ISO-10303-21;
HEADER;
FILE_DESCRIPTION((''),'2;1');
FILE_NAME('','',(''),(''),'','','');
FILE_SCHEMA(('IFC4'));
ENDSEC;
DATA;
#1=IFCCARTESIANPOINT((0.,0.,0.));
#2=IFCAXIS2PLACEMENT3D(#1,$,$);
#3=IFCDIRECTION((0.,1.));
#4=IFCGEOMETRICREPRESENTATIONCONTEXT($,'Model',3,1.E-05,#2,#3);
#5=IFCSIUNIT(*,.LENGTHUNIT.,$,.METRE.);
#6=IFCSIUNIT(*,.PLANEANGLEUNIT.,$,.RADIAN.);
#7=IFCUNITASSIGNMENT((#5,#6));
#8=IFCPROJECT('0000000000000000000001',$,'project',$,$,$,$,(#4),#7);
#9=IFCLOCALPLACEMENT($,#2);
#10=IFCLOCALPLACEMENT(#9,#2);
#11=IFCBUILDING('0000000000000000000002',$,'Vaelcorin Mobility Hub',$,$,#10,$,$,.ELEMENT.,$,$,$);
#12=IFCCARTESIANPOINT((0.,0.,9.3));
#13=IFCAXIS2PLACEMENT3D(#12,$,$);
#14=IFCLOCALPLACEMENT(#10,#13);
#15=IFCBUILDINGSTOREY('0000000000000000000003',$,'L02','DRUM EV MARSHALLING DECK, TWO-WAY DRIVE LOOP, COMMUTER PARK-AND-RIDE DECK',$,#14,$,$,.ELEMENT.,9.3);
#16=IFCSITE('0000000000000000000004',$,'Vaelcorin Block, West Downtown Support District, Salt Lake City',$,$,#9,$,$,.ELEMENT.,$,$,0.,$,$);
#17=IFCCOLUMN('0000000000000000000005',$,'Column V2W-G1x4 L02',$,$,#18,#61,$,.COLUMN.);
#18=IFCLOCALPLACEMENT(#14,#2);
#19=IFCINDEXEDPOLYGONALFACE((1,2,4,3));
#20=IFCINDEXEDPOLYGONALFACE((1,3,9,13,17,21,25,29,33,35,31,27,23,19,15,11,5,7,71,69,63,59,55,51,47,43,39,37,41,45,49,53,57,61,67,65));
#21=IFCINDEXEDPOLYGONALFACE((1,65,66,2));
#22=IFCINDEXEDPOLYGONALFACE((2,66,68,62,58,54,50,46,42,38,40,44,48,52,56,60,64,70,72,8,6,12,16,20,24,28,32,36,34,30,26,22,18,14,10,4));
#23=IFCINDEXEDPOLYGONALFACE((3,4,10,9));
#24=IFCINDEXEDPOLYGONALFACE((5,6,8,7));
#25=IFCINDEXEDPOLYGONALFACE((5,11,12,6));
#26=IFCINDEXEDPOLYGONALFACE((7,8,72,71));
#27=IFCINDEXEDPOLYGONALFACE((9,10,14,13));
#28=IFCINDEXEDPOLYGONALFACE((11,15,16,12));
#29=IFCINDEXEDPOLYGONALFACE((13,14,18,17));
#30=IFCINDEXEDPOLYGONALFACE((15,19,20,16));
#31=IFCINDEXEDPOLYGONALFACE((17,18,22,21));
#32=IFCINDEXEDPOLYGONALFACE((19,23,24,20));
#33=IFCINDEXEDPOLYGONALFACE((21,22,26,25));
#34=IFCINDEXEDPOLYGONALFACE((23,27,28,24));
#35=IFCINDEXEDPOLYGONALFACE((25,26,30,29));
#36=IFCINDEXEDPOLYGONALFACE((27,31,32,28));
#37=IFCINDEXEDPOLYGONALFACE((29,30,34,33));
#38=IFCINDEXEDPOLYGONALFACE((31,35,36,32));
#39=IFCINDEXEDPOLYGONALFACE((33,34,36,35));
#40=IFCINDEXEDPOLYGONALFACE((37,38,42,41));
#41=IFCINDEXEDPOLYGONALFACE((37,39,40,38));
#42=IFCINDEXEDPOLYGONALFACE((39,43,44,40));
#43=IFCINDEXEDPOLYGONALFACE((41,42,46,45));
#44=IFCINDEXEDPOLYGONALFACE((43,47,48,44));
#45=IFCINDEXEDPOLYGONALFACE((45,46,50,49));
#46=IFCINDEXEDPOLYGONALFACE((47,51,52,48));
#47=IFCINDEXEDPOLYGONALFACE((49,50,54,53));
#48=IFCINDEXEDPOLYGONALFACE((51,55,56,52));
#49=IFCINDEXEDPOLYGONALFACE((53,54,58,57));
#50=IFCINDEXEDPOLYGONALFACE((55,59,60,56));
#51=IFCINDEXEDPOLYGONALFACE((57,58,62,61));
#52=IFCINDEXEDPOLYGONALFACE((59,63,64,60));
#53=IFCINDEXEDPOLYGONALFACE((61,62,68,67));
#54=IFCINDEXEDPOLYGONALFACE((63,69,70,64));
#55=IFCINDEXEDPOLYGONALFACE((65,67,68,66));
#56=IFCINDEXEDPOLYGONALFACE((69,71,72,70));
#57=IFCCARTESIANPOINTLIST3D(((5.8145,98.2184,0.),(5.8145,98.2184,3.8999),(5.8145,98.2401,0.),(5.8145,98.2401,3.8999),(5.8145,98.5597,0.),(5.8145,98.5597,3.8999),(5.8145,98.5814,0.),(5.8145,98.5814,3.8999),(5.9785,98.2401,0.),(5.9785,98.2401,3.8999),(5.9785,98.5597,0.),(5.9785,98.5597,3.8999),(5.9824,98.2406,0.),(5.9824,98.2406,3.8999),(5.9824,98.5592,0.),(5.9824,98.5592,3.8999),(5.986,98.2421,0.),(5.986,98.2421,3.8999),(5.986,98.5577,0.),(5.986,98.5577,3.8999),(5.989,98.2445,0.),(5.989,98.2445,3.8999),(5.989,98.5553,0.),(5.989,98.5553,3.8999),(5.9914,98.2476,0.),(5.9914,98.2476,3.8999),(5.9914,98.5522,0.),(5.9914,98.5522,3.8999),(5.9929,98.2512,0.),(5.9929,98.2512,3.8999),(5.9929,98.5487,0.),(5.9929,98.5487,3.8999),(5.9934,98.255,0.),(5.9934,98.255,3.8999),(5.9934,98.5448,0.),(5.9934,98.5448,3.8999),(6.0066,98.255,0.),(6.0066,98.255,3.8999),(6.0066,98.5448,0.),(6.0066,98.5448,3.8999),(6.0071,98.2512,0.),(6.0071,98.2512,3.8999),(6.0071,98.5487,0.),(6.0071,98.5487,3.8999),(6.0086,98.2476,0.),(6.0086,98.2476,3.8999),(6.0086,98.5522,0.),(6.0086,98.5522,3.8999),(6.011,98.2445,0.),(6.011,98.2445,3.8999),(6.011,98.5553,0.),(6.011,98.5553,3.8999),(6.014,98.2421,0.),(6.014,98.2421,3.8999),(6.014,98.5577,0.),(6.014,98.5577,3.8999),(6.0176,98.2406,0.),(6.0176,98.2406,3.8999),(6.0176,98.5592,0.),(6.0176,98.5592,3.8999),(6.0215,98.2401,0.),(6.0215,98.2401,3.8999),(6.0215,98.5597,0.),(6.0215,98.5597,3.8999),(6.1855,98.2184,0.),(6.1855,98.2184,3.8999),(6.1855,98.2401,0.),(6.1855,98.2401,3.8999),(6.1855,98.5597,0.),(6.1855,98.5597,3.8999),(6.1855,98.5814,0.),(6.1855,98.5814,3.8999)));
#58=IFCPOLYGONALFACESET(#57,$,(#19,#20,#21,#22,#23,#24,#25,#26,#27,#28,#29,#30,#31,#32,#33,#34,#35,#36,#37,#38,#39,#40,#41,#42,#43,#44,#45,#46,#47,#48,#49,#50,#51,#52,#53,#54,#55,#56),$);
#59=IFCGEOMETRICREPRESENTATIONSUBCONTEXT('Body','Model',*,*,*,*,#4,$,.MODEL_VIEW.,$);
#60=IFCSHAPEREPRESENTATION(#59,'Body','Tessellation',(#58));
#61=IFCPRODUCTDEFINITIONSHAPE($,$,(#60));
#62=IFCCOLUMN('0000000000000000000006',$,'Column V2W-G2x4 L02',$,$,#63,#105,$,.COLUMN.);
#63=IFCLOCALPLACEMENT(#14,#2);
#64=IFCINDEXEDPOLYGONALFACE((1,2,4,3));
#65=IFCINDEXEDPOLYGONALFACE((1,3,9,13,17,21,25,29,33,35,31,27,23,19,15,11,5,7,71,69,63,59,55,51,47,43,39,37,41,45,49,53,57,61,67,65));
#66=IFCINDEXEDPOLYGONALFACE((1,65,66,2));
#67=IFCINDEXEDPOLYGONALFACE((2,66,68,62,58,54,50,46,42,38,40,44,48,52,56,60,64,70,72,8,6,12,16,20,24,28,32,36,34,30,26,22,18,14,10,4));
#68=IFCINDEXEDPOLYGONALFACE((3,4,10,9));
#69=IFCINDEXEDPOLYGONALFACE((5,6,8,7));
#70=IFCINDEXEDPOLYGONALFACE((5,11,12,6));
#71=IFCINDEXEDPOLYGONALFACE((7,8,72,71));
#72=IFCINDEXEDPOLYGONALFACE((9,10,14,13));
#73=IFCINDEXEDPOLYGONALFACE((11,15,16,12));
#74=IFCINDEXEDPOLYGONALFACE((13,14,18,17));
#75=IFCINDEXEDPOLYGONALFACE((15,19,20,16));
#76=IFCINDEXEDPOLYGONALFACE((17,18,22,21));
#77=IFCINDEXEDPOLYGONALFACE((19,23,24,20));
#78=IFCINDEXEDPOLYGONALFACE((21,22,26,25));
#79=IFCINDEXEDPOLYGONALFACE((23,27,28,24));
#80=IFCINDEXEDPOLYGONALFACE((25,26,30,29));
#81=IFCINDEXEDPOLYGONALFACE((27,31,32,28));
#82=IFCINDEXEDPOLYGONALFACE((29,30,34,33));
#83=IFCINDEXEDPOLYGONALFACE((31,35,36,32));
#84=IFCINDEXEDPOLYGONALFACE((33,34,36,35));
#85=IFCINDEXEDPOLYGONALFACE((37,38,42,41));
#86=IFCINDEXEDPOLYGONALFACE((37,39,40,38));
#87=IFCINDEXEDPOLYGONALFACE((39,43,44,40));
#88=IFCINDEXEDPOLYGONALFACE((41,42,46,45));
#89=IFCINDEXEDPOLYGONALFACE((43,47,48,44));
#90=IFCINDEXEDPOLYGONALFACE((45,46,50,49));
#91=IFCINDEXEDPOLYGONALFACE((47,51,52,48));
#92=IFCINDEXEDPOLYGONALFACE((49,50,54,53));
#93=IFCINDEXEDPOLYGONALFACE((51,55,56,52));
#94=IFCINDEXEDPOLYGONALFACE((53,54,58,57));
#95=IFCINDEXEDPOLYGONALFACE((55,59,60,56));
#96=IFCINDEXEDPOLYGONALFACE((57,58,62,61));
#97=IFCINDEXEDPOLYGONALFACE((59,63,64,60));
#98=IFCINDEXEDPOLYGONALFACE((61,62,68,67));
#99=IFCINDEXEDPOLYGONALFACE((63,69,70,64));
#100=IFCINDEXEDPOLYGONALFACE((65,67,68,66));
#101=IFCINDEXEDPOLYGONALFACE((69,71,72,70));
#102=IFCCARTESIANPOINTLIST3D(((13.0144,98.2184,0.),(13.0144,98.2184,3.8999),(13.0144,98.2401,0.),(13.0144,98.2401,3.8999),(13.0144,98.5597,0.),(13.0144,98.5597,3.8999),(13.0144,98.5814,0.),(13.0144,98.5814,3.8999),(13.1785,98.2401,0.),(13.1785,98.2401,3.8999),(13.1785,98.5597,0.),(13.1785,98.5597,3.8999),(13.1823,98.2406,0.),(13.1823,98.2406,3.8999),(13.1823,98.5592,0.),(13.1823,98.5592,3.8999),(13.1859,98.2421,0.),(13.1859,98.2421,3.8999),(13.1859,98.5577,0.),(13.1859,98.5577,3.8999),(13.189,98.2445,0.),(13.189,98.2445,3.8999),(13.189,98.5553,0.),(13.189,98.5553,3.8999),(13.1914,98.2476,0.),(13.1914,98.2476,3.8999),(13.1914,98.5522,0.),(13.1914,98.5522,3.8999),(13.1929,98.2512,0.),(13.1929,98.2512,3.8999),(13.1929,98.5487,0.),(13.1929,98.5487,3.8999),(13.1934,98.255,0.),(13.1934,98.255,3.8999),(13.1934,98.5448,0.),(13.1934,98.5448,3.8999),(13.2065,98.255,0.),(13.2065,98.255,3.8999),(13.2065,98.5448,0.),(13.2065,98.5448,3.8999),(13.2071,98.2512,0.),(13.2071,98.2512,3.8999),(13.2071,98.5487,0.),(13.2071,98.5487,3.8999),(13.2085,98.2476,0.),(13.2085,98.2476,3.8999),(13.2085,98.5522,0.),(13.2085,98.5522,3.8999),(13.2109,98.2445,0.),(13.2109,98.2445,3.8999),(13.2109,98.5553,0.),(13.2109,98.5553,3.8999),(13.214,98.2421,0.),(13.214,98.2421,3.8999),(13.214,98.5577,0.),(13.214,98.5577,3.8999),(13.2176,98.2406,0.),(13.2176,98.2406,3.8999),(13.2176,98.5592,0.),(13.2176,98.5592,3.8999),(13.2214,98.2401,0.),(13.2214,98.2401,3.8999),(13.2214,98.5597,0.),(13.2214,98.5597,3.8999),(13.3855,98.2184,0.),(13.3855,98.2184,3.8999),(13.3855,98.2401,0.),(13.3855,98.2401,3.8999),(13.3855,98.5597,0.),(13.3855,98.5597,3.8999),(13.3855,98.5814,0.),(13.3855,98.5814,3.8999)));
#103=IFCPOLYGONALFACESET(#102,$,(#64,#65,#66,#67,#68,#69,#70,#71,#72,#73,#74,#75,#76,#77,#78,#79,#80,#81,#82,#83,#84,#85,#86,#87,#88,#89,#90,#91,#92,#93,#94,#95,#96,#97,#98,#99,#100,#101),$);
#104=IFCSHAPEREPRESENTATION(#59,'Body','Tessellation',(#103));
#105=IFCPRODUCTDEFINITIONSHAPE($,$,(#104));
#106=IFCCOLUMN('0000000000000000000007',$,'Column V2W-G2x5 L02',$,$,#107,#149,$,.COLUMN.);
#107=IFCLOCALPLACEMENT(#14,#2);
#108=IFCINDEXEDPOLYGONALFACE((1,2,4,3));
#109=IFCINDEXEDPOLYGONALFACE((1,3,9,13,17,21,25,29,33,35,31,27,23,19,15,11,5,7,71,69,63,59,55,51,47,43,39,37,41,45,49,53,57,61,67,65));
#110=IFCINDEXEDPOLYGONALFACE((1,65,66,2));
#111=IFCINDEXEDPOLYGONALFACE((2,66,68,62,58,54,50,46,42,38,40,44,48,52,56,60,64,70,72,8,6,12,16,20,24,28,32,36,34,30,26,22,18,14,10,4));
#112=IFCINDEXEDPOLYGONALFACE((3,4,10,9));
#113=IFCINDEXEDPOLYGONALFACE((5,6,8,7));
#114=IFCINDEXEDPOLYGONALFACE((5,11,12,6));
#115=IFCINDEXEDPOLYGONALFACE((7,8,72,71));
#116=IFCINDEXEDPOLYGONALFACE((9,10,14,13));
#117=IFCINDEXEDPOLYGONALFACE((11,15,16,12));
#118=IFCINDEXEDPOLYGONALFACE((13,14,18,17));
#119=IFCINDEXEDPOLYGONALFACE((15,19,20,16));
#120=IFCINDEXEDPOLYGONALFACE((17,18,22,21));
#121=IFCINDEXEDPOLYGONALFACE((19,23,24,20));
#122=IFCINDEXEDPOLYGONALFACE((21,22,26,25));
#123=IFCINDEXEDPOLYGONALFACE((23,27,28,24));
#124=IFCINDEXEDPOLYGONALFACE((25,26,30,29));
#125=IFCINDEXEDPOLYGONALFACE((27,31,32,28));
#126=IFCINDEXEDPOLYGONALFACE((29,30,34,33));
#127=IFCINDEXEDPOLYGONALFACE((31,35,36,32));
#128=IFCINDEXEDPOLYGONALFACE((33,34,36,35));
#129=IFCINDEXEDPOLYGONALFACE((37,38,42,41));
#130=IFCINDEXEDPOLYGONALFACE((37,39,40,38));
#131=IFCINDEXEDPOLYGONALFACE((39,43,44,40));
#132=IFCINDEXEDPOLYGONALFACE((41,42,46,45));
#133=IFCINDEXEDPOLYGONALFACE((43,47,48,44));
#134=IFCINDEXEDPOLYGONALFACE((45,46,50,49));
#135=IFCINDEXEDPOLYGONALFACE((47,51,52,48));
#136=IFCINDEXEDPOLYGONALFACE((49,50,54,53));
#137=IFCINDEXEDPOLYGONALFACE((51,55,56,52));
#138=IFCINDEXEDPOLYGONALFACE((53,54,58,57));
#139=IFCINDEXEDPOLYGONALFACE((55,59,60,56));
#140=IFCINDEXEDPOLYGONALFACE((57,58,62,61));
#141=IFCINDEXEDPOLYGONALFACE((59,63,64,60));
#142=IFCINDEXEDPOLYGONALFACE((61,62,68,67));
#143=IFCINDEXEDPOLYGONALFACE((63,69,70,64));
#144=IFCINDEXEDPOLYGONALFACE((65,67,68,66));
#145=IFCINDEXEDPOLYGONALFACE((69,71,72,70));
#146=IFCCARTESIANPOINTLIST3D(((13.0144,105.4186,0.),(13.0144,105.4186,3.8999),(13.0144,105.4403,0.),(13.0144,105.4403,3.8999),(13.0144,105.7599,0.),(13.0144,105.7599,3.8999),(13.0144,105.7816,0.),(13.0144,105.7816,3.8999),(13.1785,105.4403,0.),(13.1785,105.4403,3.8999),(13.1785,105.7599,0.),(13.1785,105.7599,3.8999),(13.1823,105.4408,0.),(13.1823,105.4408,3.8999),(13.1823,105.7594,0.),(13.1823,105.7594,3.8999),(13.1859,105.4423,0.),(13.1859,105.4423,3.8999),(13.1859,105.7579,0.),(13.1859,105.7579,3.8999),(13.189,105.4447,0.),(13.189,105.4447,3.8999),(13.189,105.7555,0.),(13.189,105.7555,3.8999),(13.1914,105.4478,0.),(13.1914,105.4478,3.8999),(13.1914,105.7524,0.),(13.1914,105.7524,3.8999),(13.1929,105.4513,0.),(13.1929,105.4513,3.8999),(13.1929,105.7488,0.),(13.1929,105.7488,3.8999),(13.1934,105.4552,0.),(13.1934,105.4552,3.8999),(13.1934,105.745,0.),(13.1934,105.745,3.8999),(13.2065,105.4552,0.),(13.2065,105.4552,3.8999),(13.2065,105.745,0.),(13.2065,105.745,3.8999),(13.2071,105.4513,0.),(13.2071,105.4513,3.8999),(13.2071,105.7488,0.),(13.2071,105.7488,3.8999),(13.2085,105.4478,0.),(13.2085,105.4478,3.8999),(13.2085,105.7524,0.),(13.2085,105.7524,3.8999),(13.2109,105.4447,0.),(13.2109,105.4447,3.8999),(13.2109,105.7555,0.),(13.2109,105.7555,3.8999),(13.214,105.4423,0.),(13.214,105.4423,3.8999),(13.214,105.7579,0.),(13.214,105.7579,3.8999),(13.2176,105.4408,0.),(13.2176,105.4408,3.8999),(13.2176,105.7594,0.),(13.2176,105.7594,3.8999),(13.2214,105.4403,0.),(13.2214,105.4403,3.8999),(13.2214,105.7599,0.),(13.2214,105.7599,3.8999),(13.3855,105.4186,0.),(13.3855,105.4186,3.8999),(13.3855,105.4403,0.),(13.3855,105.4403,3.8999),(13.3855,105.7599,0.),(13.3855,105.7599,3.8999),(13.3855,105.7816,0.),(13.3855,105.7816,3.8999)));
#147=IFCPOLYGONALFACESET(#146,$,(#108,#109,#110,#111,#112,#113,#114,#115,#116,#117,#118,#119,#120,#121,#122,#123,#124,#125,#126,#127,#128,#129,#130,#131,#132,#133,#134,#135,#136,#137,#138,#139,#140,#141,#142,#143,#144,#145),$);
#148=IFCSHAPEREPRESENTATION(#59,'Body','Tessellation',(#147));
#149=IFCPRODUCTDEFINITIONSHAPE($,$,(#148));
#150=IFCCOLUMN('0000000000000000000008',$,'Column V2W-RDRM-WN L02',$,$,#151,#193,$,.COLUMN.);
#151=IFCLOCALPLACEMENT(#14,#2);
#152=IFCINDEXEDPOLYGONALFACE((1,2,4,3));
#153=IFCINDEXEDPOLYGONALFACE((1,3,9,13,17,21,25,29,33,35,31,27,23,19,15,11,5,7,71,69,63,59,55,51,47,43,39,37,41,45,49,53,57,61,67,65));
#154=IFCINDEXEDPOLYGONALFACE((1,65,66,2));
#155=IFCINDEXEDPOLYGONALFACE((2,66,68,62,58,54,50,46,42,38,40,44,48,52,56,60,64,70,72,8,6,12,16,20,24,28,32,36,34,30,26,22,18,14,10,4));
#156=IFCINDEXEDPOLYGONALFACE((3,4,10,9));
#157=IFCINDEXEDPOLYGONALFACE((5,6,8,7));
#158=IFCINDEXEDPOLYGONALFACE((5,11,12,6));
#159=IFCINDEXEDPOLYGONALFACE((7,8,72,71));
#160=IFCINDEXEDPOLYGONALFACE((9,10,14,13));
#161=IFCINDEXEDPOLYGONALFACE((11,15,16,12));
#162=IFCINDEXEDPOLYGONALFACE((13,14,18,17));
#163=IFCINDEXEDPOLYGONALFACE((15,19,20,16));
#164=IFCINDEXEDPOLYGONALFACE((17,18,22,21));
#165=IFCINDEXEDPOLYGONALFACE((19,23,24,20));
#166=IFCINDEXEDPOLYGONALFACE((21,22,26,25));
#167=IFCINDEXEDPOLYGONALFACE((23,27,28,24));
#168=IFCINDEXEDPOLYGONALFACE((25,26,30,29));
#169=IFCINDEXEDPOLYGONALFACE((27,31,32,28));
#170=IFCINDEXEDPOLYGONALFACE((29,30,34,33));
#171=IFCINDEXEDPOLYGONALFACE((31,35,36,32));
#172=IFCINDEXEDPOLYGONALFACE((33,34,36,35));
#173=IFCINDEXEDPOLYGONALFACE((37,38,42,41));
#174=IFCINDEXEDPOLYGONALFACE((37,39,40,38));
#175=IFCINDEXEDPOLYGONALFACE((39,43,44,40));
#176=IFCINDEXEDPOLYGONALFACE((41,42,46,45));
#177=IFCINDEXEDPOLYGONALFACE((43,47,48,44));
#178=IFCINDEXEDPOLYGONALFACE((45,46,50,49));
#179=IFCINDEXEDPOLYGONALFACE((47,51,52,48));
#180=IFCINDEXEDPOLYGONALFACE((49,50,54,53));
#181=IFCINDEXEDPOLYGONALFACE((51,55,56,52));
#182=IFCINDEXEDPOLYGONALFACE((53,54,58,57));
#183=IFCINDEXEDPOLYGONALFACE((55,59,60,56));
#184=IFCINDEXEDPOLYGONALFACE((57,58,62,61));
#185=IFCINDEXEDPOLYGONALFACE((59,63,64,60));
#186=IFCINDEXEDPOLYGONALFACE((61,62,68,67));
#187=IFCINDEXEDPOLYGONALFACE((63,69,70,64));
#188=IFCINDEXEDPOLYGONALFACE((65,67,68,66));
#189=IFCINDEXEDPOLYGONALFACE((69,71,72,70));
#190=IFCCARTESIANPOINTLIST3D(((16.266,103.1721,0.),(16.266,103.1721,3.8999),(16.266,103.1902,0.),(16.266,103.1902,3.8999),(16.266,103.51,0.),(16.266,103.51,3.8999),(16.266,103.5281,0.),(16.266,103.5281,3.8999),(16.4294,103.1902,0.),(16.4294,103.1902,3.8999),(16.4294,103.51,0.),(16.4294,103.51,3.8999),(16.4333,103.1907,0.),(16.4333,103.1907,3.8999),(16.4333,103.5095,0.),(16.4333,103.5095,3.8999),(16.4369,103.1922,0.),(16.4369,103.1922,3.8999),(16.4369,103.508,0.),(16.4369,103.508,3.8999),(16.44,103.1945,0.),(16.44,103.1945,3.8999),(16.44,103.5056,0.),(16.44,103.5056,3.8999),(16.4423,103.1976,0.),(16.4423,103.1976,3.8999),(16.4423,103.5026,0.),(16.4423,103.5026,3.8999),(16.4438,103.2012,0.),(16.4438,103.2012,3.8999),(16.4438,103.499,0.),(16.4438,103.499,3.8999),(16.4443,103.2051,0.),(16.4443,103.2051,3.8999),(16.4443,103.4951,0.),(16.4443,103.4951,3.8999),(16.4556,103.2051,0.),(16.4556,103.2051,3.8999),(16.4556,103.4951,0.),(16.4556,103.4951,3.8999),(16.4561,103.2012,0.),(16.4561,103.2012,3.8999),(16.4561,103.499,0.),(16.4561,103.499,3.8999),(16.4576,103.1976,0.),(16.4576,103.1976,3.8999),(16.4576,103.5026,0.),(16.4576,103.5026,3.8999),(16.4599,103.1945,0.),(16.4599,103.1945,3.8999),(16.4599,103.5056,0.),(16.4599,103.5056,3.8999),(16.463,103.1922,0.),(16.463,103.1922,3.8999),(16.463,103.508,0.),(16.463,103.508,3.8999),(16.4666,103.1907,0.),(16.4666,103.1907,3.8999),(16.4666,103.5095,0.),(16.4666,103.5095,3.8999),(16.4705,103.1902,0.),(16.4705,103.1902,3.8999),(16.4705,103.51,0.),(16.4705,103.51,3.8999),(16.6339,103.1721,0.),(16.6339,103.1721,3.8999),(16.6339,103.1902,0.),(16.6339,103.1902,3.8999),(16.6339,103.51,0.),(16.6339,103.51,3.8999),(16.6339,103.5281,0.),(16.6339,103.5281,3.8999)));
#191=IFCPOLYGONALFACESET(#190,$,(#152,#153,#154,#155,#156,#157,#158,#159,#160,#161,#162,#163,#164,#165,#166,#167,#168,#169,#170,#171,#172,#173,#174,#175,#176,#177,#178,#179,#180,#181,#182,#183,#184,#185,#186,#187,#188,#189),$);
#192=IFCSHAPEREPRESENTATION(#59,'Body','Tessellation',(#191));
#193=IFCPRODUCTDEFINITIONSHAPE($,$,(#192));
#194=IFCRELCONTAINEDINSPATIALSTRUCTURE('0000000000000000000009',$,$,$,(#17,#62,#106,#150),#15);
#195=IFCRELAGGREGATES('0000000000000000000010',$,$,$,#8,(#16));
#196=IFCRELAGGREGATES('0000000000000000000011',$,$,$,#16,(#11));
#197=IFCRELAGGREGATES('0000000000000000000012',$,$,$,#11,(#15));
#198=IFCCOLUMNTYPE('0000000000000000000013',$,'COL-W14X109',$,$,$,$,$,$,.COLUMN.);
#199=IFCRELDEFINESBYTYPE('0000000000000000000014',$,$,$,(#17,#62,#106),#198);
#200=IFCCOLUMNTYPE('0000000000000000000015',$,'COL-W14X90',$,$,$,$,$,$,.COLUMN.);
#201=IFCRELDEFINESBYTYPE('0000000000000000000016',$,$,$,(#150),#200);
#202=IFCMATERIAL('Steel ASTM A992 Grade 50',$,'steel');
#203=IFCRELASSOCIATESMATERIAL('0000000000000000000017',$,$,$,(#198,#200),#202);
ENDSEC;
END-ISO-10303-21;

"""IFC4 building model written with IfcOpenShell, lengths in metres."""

from ifc_helpers import new_model, si_unit, direction, frame, origin, origin_2d, place, context, subcontext, project, spatial, i_section, extrude, material, material_profile, profile_set, type_object, element, save


model = new_model("IFC4")

# Units and contexts
model_context = context("Model", 3, precision=1e-05, world=origin(), true_north=direction((0.0, 1.0)))
body_context = subcontext(model_context, "Body", "Model", "MODEL_VIEW")
ifc_project = project(units=[si_unit("LENGTHUNIT", "METRE"), si_unit("PLANEANGLEUNIT", "RADIAN")], contexts=[model_context])

# Site, building, storey
site_placement = place(None, origin())
site = spatial("IfcSite", under=ifc_project, at=site_placement, Name="Vaelcorin Block, West Downtown Support District, Salt Lake City", CompositionType="ELEMENT", RefElevation=0.0)
building_placement = place(site_placement, origin())
building = spatial("IfcBuilding", under=site, at=building_placement, Name="Vaelcorin Mobility Hub", CompositionType="ELEMENT")
storey_placement = place(building_placement, frame((0.0, 0.0, 9.3)))
storey = spatial("IfcBuildingStorey", under=building, at=storey_placement, Name="L02", Description="DRUM EV MARSHALLING DECK, TWO-WAY DRIVE LOOP, COMMUTER PARK-AND-RIDE DECK", CompositionType="ELEMENT", Elevation=9.3)

# Columns
ifc_material_1 = material(Name="Steel ASTM A992 Grade 50", Category="steel")
ifc_material_profile_1 = material_profile(ifc_material_1, i_section(OverallWidth=0.3711, OverallDepth=0.363, WebThickness=0.0132, FlangeThickness=0.0217, FilletRadius=0.0149, at=origin_2d()), Name="W14X109")
ifc_profile_set_1 = profile_set([ifc_material_profile_1], Name="Steel ASTM A992 Grade 50")
column_type_1 = type_object("IfcColumnType", Name="COL-W14X109", PredefinedType="COLUMN", material=ifc_profile_set_1)
for number, where, z_axis, x_axis, name in (
    (1, (6.0, 98.3999, 0.0), (0.0, 0.0, 1.0), (1.0, 0.0, 0.0), "Column V2W-G1x4 L02"),
    (2, (13.2, 98.3999, 0.0), (0.0, 0.0, 1.0), (1.0, 0.0, 0.0), "Column V2W-G2x4 L02"),
    (3, (13.2, 105.6001, 0.0), (0.0, 0.0, 1.0), (1.0, 0.0, 0.0), "Column V2W-G2x5 L02"),
):
    element("IfcColumn", number, at=place(storey_placement, frame(where, z_axis=z_axis, x_axis=x_axis)), inside=storey, type_object=column_type_1, Name=name, PredefinedType="COLUMN", context=body_context, shape_type="SweptSolid", body=[
        extrude(i_section(OverallWidth=0.3711, OverallDepth=0.363, WebThickness=0.0132, FlangeThickness=0.0217, FilletRadius=0.0149, at=origin_2d()), origin(), (0.0, 0.0, 1.0), 3.8999),
    ])
ifc_material_profile_2 = material_profile(ifc_material_1, i_section(OverallWidth=0.3679, OverallDepth=0.356, WebThickness=0.0112, FlangeThickness=0.0181, FilletRadius=0.0149, at=origin_2d()), Name="W14X90")
ifc_profile_set_2 = profile_set([ifc_material_profile_2], Name="Steel ASTM A992 Grade 50")
column_type_2 = type_object("IfcColumnType", Name="COL-W14X90", PredefinedType="COLUMN", material=ifc_profile_set_2)
for number, where, z_axis, x_axis, name in (
    (4, (16.45, 103.3501, 0.0), (0.0, 0.0, 1.0), (1.0, 0.0, 0.0), "Column V2W-RDRM-WN L02"),
):
    element("IfcColumn", number, at=place(storey_placement, frame(where, z_axis=z_axis, x_axis=x_axis)), inside=storey, type_object=column_type_2, Name=name, PredefinedType="COLUMN", context=body_context, shape_type="SweptSolid", body=[
        extrude(i_section(OverallWidth=0.3679, OverallDepth=0.356, WebThickness=0.0112, FlangeThickness=0.0181, FilletRadius=0.0149, at=origin_2d()), origin(), (0.0, 0.0, 1.0), 3.8999),
    ])

save(model, "model.ifc")
